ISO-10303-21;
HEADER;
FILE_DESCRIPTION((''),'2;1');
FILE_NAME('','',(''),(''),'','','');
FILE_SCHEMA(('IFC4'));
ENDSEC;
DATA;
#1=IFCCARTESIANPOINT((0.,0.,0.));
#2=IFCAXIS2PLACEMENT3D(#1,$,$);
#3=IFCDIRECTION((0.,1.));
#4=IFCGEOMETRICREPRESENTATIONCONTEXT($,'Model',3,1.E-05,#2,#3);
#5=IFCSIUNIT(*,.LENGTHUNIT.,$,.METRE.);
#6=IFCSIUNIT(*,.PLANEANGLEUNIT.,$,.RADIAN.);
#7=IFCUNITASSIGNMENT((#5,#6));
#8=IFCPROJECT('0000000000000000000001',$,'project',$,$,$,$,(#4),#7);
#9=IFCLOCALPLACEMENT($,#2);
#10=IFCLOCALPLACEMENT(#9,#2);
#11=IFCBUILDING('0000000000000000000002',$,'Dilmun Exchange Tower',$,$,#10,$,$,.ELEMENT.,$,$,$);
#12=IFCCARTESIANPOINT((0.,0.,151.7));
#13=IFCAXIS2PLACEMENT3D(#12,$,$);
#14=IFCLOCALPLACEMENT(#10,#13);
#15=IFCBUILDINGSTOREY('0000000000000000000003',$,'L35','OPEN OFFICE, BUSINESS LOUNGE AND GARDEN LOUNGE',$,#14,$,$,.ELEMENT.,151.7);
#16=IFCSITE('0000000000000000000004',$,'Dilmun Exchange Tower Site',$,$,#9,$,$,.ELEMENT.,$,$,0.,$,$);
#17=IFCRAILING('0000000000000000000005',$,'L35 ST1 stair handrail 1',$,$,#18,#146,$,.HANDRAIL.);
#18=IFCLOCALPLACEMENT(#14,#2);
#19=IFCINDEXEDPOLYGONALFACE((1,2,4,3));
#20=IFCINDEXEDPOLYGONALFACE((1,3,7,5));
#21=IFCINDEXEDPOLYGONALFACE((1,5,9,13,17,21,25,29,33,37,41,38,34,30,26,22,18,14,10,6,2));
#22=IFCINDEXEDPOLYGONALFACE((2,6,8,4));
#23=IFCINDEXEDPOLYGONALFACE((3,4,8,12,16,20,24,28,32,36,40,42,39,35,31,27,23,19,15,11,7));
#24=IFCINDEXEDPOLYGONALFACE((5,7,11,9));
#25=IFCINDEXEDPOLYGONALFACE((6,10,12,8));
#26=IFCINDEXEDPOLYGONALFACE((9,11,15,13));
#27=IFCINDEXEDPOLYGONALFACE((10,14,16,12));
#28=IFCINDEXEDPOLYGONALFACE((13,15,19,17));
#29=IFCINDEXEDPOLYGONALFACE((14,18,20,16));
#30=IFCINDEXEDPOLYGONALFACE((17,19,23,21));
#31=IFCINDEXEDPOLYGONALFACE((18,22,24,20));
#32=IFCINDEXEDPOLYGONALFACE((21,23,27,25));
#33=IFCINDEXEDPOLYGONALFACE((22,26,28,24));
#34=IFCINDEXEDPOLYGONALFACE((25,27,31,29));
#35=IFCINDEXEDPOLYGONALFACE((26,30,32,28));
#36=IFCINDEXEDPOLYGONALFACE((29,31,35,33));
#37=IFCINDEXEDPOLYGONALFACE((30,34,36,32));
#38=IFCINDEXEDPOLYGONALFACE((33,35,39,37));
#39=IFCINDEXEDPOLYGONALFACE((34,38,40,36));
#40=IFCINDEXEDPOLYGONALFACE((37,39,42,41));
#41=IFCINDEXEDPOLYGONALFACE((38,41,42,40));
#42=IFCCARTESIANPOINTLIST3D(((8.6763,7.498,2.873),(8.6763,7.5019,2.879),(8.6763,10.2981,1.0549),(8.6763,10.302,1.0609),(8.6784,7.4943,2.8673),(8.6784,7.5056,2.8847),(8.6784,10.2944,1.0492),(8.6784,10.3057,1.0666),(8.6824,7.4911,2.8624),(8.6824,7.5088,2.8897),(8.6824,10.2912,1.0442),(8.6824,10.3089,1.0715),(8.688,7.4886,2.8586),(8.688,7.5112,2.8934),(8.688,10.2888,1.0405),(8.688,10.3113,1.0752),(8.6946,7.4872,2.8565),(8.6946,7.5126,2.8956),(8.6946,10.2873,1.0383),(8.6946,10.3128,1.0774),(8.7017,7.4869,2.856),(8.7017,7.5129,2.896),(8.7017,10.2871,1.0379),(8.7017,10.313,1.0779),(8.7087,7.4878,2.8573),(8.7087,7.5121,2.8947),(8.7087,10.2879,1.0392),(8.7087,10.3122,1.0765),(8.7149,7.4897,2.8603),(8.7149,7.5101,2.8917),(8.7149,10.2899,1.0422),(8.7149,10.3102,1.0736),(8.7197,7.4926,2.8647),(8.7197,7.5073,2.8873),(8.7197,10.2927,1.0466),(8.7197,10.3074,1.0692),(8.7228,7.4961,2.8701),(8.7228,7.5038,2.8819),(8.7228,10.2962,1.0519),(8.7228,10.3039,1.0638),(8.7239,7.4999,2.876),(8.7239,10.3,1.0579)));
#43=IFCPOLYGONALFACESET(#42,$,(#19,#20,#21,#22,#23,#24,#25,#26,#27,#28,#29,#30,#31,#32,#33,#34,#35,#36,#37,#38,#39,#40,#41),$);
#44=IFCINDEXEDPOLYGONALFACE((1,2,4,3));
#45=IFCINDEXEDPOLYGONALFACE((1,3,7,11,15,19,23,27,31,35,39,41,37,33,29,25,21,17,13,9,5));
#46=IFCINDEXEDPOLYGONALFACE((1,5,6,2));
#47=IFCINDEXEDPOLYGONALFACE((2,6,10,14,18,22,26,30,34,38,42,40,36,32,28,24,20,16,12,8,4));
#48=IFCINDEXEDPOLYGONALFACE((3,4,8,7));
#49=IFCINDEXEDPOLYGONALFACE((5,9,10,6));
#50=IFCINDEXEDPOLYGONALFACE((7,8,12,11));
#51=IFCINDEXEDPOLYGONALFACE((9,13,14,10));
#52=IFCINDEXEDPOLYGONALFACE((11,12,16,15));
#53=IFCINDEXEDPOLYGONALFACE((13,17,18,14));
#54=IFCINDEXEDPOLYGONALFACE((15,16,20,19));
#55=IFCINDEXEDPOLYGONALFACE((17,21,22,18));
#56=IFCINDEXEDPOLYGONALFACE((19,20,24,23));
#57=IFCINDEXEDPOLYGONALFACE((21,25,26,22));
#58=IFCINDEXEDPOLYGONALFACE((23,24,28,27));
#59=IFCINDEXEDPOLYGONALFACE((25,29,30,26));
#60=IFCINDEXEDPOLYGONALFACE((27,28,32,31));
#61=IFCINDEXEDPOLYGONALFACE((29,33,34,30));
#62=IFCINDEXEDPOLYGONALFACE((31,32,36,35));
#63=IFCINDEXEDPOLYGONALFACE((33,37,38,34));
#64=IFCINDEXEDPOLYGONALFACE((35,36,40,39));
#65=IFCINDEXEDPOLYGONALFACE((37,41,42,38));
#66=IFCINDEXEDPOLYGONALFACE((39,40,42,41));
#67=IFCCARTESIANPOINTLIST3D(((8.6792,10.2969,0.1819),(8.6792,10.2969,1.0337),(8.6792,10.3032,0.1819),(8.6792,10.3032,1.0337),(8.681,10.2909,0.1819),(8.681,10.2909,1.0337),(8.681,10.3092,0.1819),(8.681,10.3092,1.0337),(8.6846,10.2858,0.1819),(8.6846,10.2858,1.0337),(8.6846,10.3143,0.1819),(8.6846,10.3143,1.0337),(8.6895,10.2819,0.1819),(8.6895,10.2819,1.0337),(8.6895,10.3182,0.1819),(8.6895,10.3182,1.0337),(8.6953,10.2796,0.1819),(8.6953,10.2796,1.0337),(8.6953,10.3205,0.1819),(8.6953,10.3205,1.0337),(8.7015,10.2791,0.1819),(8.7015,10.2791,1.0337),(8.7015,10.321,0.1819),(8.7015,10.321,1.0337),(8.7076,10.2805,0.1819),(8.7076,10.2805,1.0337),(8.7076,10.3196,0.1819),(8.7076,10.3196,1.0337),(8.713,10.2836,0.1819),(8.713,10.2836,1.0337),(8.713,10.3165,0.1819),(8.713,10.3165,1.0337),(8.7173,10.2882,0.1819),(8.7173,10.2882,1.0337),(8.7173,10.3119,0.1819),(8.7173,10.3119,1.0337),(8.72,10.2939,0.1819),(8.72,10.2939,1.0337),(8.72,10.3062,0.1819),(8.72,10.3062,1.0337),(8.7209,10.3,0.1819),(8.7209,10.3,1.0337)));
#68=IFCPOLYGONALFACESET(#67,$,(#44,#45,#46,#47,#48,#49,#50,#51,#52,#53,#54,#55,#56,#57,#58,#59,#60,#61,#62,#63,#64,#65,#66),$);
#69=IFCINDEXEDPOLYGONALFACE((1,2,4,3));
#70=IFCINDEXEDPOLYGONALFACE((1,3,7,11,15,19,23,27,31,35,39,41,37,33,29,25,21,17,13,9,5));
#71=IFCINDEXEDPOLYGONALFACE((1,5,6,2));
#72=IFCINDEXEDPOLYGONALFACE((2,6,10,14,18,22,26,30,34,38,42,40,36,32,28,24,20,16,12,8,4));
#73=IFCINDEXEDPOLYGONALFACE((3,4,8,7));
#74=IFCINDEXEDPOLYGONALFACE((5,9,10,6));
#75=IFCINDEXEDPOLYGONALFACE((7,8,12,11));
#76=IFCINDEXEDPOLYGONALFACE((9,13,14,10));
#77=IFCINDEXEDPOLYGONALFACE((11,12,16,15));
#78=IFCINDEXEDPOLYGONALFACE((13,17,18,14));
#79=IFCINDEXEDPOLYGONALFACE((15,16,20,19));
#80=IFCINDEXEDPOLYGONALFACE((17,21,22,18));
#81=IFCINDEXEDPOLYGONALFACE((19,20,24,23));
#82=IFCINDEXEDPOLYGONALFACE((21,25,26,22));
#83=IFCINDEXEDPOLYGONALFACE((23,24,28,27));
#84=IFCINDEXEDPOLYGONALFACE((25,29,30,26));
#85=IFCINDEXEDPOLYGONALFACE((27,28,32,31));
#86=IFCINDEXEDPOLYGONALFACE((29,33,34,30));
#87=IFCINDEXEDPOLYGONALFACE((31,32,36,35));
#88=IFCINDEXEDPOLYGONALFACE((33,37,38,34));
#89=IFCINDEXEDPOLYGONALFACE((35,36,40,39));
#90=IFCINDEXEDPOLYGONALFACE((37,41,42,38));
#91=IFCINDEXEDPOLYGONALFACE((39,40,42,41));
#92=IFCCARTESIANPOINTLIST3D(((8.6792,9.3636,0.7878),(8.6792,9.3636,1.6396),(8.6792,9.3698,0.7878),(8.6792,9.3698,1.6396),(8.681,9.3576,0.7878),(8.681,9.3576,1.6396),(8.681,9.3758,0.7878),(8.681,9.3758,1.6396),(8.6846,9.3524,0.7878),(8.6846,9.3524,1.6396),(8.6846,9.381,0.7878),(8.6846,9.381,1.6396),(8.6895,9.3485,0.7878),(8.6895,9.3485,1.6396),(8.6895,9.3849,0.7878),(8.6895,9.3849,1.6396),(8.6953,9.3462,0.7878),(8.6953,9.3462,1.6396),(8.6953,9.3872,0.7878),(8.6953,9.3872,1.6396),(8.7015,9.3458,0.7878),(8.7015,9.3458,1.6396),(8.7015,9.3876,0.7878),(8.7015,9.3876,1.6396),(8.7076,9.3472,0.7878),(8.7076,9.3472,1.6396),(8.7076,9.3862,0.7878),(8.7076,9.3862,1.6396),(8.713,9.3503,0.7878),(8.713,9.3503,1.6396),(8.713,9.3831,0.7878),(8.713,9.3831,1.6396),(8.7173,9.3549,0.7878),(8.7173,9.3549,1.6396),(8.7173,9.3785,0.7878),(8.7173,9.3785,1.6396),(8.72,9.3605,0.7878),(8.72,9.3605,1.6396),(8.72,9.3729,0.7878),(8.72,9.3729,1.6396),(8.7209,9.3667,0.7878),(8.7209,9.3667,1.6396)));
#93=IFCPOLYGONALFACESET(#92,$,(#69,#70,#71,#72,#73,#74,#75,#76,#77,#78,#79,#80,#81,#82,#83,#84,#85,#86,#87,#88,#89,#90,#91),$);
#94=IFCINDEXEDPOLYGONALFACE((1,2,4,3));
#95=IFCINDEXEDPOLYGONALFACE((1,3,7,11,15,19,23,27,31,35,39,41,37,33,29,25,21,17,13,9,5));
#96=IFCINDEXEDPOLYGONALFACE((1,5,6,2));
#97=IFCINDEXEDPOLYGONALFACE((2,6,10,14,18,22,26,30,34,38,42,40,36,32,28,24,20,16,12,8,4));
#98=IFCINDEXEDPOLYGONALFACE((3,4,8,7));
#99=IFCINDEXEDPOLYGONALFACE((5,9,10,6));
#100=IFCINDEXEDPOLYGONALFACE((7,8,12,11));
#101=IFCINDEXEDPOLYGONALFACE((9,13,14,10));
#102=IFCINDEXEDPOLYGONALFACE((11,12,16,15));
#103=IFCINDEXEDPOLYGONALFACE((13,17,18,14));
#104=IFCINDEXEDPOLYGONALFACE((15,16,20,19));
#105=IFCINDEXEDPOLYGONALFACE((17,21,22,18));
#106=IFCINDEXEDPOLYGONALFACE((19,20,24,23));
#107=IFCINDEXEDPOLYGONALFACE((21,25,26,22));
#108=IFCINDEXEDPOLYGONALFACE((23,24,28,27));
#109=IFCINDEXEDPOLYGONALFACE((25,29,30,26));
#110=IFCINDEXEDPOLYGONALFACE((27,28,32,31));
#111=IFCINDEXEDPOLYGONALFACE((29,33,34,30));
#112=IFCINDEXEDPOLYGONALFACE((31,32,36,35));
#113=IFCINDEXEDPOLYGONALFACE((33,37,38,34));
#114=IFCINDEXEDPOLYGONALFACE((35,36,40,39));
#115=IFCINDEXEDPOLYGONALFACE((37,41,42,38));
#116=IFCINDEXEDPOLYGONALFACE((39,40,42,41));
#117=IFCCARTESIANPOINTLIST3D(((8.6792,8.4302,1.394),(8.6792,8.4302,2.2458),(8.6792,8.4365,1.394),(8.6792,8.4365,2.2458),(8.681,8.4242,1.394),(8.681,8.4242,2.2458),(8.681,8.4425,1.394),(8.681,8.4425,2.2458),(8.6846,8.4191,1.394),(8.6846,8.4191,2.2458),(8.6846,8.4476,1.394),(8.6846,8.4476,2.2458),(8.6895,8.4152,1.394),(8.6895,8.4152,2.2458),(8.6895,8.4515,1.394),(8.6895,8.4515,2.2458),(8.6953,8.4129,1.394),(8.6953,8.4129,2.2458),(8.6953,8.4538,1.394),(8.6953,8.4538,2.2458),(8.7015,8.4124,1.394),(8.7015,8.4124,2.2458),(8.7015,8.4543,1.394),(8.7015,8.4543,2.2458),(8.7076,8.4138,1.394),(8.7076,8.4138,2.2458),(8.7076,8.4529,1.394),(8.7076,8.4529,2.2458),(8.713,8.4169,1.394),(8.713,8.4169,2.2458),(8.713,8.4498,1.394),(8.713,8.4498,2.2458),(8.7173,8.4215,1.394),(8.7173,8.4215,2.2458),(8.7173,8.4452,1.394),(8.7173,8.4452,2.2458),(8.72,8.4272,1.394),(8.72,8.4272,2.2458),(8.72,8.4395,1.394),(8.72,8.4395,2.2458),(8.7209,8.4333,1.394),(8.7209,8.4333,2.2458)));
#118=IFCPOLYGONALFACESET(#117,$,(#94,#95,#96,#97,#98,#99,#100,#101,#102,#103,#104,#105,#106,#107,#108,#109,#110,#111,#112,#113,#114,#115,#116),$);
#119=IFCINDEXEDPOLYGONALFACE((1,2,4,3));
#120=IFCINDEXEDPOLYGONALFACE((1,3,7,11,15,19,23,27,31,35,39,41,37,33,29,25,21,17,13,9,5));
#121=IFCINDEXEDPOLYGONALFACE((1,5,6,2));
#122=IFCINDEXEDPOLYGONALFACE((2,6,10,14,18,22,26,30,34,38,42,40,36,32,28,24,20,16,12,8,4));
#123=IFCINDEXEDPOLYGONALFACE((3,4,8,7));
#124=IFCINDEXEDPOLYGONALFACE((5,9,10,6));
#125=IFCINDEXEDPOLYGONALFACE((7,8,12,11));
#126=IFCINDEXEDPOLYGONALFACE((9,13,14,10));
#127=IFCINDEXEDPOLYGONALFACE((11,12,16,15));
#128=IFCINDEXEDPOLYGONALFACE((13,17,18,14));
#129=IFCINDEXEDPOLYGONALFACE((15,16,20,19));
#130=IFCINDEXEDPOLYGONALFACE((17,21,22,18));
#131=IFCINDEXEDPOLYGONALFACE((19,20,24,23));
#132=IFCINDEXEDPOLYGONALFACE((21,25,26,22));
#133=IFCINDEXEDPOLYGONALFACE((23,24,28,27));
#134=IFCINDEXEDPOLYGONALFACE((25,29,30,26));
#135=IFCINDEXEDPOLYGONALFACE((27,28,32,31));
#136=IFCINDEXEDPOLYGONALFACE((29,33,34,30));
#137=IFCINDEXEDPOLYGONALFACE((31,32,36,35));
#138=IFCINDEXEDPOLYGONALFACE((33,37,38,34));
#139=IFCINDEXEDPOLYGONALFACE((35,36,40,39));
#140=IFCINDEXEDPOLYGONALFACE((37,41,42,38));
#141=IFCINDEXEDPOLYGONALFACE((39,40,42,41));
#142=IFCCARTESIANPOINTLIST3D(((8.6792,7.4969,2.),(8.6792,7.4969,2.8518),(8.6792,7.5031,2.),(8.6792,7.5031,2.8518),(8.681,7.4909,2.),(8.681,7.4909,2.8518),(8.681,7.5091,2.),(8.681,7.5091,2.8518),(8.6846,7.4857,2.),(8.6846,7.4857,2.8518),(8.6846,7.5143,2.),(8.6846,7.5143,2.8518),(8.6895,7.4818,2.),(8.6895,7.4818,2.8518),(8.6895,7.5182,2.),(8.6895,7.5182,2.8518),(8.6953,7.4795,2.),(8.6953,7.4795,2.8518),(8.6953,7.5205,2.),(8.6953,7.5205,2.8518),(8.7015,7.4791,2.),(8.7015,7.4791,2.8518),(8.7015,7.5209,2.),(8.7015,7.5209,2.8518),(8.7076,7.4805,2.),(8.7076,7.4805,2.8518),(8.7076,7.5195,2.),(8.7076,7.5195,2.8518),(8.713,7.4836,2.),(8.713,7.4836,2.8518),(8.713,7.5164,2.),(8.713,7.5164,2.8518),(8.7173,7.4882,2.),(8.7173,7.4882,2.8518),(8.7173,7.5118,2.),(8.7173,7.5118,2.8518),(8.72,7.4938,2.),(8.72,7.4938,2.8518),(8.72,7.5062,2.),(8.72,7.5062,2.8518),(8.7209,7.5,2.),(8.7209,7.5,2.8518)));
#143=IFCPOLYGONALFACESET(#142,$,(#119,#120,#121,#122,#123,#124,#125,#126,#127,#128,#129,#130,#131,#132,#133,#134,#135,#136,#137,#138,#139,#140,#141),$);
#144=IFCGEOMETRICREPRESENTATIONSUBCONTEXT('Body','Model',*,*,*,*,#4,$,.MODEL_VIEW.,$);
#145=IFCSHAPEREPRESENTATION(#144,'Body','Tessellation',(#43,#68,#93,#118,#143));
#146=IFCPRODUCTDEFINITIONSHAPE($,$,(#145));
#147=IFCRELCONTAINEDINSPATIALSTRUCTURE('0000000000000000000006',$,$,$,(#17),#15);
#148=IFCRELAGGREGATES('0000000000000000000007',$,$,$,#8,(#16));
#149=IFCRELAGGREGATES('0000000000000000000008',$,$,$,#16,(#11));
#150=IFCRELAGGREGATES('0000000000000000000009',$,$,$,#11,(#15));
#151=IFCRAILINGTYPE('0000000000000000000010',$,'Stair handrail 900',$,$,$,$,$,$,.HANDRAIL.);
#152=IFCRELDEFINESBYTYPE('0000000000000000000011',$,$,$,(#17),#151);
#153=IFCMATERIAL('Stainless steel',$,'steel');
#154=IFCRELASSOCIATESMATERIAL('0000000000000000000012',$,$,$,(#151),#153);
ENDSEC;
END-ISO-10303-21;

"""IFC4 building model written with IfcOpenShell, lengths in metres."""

from ifc_helpers import new_model, si_unit, direction, frame, origin, origin_2d, place, context, subcontext, project, spatial, circle, extrude, material, type_object, element, save


model = new_model("IFC4")

# Units and contexts
model_context = context("Model", 3, precision=1e-05, world=origin(), true_north=direction((0.0, 1.0)))
body_context = subcontext(model_context, "Body", "Model", "MODEL_VIEW")
ifc_project = project(units=[si_unit("LENGTHUNIT", "METRE"), si_unit("PLANEANGLEUNIT", "RADIAN")], contexts=[model_context])

# Site, building, storey
site_placement = place(None, origin())
site = spatial("IfcSite", under=ifc_project, at=site_placement, Name="Dilmun Exchange Tower Site", CompositionType="ELEMENT", RefElevation=0.0)
building_placement = place(site_placement, origin())
building = spatial("IfcBuilding", under=site, at=building_placement, Name="Dilmun Exchange Tower", CompositionType="ELEMENT")
storey_placement = place(building_placement, frame((0.0, 0.0, 151.7)))
storey = spatial("IfcBuildingStorey", under=building, at=storey_placement, Name="L35", Description="OPEN OFFICE, BUSINESS LOUNGE AND GARDEN LOUNGE", CompositionType="ELEMENT", Elevation=151.7)

# Railing
ifc_material_1 = material(Name="Stainless steel", Category="steel")
railing_type = type_object("IfcRailingType", Name="Stair handrail 900", PredefinedType="HANDRAIL", material=ifc_material_1)
railing_1_placement = place(storey_placement, frame((8.7, 10.3, 0.1819)))
element("IfcRailing", 1, at=railing_1_placement, inside=storey, type_object=railing_type, Name="L35 ST1 stair handrail 1", PredefinedType="HANDRAIL", context=body_context, shape_type="SweptSolid", body=[
    extrude(circle(Radius=0.0239, at=origin_2d()), frame((0.0, 0.0, 0.876), z_axis=(0.0, -0.838706, 0.544585), x_axis=(1.0, 0.0, 0.0)), (0.0, 0.0, 1.0), 3.3386),
    extrude(circle(Radius=0.021, at=origin_2d()), origin(), (0.0, 0.0, 1.0), 0.8518),
    extrude(circle(Radius=0.021, at=origin_2d()), frame((0.0, -0.9333, 0.606)), (0.0, 0.0, 1.0), 0.8518),
    extrude(circle(Radius=0.021, at=origin_2d()), frame((0.0, -1.8667, 1.2122)), (0.0, 0.0, 1.0), 0.8518),
    extrude(circle(Radius=0.021, at=origin_2d()), frame((0.0, -2.8, 1.8181)), (0.0, 0.0, 1.0), 0.8518),
])

save(model, "model.ifc")
